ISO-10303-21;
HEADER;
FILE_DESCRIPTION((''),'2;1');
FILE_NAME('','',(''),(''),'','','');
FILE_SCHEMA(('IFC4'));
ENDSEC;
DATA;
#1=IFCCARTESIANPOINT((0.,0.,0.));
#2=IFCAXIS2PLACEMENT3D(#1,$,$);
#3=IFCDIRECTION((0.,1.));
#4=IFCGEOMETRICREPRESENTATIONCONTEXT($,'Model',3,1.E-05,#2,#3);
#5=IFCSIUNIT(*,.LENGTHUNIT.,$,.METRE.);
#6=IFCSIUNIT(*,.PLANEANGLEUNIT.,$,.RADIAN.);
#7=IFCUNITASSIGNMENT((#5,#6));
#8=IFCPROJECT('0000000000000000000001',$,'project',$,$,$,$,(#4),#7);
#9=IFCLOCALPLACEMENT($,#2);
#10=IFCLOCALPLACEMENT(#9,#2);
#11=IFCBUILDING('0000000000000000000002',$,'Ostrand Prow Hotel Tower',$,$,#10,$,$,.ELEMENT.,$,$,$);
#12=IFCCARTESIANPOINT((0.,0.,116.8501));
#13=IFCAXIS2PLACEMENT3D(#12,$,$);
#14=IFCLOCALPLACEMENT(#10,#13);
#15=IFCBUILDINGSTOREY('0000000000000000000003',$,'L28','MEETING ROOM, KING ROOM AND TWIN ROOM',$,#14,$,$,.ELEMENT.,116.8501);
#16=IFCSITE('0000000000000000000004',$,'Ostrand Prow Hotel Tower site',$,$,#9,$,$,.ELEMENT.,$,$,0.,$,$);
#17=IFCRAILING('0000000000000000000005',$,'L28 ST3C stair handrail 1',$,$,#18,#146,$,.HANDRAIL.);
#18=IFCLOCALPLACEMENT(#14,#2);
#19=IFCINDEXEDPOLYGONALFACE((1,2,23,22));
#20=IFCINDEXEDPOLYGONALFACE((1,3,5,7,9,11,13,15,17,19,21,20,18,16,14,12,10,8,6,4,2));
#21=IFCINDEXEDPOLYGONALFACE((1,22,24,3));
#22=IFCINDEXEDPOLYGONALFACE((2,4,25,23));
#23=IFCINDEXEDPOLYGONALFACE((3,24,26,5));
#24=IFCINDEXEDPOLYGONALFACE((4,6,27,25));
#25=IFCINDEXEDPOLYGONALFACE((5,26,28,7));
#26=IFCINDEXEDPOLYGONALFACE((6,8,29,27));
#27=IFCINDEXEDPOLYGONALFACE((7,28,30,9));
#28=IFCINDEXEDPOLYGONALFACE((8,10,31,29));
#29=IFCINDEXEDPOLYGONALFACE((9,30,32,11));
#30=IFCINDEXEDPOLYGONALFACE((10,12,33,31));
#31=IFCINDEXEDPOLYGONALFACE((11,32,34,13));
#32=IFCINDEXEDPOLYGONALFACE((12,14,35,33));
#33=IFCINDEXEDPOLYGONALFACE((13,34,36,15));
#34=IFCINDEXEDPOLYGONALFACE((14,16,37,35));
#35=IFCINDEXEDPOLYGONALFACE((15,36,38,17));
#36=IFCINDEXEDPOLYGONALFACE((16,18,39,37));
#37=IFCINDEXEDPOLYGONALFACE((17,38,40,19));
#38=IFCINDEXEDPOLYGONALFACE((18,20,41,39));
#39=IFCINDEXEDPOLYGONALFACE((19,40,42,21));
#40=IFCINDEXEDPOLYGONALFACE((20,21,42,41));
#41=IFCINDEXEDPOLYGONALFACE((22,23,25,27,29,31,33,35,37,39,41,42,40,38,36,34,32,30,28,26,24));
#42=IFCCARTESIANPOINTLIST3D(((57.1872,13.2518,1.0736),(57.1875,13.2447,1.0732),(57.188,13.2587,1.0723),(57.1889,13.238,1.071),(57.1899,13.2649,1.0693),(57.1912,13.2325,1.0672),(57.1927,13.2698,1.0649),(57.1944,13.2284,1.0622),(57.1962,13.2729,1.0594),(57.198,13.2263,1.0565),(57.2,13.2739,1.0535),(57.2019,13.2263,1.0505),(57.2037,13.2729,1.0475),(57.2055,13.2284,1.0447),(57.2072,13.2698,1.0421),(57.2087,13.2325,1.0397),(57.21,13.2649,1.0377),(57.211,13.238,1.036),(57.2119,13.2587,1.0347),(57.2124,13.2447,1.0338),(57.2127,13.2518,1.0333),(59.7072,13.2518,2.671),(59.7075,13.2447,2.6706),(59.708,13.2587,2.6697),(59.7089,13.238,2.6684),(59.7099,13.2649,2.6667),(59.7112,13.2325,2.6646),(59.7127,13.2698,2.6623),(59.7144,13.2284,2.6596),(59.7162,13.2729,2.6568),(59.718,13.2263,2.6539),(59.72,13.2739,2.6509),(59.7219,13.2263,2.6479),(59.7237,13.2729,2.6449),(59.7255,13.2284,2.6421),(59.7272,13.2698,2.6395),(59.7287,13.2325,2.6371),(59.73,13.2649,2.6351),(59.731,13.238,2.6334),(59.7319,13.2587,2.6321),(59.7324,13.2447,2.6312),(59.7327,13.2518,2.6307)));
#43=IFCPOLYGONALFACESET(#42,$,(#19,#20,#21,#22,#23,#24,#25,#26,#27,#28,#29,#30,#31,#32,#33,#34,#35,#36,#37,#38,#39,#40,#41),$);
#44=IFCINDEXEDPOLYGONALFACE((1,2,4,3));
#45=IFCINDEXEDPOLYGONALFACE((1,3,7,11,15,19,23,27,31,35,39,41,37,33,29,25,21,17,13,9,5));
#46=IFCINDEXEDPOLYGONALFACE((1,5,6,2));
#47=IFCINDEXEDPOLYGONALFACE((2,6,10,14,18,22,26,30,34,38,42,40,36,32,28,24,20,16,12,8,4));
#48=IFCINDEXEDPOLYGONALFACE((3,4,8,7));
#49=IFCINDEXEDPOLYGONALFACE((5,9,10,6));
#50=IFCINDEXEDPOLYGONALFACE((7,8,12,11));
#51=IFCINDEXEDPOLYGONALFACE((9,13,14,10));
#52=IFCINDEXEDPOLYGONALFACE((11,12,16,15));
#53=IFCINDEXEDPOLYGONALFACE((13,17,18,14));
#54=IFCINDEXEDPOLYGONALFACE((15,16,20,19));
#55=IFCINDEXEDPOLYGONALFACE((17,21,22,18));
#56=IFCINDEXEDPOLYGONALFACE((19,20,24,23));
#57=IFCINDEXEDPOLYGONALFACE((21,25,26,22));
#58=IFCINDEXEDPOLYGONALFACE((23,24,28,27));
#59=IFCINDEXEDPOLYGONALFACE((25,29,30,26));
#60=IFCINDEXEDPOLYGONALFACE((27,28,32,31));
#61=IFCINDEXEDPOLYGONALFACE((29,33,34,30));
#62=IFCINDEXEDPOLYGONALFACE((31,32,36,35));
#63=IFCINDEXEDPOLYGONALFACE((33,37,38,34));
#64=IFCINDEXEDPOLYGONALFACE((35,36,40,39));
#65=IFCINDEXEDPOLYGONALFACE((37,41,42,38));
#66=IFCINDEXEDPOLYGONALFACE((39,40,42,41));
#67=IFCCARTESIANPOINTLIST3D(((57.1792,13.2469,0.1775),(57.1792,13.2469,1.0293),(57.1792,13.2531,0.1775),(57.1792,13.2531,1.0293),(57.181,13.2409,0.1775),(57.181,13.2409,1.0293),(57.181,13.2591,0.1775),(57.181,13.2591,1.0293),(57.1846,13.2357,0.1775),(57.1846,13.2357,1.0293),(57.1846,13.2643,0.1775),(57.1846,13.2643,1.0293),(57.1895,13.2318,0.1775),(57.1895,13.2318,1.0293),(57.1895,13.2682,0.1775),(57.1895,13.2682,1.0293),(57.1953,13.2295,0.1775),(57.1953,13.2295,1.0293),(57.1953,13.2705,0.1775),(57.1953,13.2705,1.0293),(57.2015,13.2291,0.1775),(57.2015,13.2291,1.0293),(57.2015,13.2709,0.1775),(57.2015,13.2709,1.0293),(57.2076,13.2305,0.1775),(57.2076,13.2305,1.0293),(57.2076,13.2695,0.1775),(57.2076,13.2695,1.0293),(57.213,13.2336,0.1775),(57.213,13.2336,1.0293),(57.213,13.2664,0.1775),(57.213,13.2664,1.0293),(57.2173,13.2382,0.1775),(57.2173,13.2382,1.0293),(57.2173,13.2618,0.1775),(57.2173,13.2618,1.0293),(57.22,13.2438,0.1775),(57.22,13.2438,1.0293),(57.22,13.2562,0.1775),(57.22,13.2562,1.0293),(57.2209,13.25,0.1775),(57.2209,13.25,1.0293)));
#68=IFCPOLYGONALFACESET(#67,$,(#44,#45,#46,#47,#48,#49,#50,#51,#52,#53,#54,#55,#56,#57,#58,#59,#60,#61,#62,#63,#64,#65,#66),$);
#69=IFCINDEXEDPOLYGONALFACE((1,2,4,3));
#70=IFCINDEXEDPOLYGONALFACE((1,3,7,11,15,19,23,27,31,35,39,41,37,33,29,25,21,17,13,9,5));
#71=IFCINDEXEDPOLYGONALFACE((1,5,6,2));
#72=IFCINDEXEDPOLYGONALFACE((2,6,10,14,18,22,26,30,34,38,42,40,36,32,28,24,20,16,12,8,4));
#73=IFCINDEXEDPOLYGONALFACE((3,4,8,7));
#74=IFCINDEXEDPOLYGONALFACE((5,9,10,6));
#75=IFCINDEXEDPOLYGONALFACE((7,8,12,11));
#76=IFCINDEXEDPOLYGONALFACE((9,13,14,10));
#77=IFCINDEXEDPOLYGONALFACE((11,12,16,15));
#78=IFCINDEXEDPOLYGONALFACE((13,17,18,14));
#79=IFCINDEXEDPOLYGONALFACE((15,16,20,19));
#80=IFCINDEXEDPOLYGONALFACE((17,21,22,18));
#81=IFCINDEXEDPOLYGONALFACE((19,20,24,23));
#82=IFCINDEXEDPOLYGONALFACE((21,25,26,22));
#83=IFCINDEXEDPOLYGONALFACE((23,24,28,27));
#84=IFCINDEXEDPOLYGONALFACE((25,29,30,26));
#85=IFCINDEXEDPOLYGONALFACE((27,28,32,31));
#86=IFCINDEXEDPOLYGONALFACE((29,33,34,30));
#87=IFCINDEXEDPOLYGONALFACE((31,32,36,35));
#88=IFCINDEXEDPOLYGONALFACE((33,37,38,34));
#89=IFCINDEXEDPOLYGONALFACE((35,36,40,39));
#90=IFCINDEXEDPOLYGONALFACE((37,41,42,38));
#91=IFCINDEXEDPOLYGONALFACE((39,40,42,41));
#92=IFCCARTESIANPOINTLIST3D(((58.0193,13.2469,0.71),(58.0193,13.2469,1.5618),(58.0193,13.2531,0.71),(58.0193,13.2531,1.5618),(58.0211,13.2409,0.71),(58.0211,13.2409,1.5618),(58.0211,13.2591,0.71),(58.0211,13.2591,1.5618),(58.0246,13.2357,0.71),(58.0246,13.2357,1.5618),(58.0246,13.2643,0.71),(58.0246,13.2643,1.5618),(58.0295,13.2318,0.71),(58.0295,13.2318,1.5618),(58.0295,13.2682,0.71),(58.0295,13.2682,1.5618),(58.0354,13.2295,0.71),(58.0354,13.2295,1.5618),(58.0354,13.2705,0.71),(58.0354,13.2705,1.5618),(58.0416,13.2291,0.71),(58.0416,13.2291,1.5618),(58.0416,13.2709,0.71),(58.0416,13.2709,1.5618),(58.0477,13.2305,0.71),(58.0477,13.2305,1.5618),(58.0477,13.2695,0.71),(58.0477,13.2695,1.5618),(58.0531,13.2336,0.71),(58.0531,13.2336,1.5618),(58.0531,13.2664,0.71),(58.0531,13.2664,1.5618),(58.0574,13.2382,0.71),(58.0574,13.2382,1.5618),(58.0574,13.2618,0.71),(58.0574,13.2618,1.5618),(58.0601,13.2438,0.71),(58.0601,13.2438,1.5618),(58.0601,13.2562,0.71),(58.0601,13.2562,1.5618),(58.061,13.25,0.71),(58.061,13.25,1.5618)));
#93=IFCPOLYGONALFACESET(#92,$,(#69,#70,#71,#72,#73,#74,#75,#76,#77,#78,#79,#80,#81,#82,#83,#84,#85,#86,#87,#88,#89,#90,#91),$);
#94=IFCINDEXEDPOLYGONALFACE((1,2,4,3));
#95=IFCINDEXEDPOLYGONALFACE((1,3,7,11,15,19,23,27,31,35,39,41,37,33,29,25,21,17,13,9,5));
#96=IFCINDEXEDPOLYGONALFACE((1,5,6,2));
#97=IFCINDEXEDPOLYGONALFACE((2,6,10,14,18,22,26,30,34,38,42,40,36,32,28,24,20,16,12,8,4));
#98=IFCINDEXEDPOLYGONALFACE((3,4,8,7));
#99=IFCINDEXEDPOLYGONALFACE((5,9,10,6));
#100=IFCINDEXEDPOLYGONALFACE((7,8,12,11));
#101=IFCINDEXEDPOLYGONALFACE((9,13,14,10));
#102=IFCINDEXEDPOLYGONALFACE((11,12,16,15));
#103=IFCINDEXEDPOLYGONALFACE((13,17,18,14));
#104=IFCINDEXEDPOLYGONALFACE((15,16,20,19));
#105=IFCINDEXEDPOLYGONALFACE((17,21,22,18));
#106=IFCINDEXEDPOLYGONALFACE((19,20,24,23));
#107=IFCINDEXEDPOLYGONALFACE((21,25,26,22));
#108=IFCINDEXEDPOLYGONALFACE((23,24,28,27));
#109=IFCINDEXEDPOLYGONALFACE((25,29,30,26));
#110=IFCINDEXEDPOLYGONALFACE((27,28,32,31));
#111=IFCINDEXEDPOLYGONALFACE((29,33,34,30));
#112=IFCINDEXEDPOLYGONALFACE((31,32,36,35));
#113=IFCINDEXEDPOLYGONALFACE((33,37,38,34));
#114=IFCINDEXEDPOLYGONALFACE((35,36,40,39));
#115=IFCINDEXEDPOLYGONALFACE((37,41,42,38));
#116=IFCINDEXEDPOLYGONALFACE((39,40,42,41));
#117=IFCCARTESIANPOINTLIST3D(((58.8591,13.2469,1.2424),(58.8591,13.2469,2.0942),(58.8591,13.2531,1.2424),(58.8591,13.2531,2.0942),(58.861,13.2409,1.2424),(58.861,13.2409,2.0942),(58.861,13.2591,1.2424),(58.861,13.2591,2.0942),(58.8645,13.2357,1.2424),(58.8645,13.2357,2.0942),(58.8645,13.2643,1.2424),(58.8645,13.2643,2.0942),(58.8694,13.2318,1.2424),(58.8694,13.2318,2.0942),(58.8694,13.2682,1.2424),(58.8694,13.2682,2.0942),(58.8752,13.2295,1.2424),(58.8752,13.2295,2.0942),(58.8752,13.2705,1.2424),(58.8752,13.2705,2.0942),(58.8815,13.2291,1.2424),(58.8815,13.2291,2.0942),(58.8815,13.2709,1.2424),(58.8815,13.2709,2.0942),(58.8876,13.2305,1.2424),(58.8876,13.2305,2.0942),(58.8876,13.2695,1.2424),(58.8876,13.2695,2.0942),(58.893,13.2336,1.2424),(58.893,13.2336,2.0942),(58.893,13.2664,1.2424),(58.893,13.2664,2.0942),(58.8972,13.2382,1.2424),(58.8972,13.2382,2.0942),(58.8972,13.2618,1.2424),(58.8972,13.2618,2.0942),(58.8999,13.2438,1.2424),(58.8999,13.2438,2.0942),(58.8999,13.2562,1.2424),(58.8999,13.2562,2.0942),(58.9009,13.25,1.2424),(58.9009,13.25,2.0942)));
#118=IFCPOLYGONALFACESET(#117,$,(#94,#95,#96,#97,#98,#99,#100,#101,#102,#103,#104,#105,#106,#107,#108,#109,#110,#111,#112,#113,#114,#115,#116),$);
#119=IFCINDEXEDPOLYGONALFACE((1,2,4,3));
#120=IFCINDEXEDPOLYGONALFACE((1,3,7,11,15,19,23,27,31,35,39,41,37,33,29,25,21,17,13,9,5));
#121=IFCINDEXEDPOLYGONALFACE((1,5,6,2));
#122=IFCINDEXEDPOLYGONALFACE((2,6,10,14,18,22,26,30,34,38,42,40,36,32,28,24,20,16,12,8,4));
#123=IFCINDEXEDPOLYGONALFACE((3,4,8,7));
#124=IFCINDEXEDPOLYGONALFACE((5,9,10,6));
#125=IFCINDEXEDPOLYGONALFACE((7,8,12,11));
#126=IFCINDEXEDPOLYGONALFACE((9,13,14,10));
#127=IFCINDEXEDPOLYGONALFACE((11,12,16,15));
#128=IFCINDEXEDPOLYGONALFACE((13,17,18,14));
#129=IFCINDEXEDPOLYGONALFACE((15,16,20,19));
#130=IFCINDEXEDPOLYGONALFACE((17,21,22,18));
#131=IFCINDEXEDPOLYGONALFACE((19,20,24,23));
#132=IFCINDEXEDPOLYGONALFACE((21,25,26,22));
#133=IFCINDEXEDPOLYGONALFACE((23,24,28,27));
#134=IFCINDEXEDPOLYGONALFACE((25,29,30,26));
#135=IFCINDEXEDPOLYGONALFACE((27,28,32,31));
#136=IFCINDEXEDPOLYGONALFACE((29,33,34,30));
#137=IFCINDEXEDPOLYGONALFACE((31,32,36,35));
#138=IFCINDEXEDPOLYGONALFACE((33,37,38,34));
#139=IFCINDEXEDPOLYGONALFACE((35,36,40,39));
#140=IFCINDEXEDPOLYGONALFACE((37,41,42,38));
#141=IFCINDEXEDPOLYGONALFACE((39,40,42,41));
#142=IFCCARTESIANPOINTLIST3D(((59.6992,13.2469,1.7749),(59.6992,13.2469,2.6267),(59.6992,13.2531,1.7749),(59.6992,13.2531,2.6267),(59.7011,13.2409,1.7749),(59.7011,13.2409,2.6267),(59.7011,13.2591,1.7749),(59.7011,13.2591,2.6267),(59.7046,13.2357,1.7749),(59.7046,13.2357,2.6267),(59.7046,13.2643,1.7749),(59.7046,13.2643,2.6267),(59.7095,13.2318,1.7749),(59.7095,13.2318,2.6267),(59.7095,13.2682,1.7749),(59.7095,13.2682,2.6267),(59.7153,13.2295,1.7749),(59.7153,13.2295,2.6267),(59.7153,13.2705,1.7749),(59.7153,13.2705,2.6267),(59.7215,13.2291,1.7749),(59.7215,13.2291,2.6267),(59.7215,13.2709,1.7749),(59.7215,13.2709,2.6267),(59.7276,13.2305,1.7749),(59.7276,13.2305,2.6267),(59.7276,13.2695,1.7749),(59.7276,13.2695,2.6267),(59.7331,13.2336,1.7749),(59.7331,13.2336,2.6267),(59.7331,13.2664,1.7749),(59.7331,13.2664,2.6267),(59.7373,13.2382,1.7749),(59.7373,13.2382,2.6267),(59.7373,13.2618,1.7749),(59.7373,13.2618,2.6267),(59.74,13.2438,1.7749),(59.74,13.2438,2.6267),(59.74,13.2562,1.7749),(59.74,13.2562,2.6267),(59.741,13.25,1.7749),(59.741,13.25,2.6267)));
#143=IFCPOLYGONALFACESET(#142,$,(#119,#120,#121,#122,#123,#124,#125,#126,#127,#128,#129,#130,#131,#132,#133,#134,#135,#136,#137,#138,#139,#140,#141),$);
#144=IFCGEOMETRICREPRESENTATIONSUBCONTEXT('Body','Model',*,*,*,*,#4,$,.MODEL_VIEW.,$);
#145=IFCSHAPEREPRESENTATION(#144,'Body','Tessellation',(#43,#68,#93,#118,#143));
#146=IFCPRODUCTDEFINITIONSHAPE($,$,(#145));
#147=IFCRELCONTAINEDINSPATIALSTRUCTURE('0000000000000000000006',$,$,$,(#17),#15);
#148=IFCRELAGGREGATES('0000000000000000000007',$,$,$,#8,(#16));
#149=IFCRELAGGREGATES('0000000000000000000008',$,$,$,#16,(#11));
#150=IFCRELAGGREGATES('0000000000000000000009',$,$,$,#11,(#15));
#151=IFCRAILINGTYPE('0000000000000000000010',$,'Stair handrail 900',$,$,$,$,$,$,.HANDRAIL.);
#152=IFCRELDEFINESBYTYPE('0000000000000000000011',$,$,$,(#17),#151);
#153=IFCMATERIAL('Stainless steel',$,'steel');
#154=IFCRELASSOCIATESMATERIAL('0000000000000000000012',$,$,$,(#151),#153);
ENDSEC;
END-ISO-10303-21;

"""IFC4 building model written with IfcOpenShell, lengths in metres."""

from ifc_helpers import new_model, si_unit, direction, frame, origin, origin_2d, place, context, subcontext, project, spatial, circle, extrude, material, type_object, element, save


model = new_model("IFC4")

# Units and contexts
model_context = context("Model", 3, precision=1e-05, world=origin(), true_north=direction((0.0, 1.0)))
body_context = subcontext(model_context, "Body", "Model", "MODEL_VIEW")
ifc_project = project(units=[si_unit("LENGTHUNIT", "METRE"), si_unit("PLANEANGLEUNIT", "RADIAN")], contexts=[model_context])

# Site, building, storey
site_placement = place(None, origin())
site = spatial("IfcSite", under=ifc_project, at=site_placement, Name="Ostrand Prow Hotel Tower site", CompositionType="ELEMENT", RefElevation=0.0)
building_placement = place(site_placement, origin())
building = spatial("IfcBuilding", under=site, at=building_placement, Name="Ostrand Prow Hotel Tower", CompositionType="ELEMENT")
storey_placement = place(building_placement, frame((0.0, 0.0, 116.8501)))
storey = spatial("IfcBuildingStorey", under=building, at=storey_placement, Name="L28", Description="MEETING ROOM, KING ROOM AND TWIN ROOM", CompositionType="ELEMENT", Elevation=116.8501)

# Railing
ifc_material_1 = material(Name="Stainless steel", Category="steel")
railing_type_1 = type_object("IfcRailingType", Name="Stair handrail 900", PredefinedType="HANDRAIL", material=ifc_material_1)
railing_1_placement = place(storey_placement, frame((57.2, 13.25, 0.1775)))
element("IfcRailing", 1, at=railing_1_placement, inside=storey, type_object=railing_type_1, Name="L28 ST3C stair handrail 1", PredefinedType="HANDRAIL", context=body_context, shape_type="SweptSolid", body=[
    extrude(circle(Radius=0.0239, at=origin_2d()), frame((0.0, 0.0, 0.876), z_axis=(0.844607, 0.0, 0.535387), x_axis=(0.0, 1.0, 0.0)), (0.0, 0.0, 1.0), 2.9836),
    extrude(circle(Radius=0.021, at=origin_2d()), origin(), (0.0, 0.0, 1.0), 0.8518),
    extrude(circle(Radius=0.021, at=origin_2d()), frame((0.8401, 0.0, 0.5325)), (0.0, 0.0, 1.0), 0.8518),
    extrude(circle(Radius=0.021, at=origin_2d()), frame((1.6799, 0.0, 1.0649)), (0.0, 0.0, 1.0), 0.8518),
    extrude(circle(Radius=0.021, at=origin_2d()), frame((2.52, 0.0, 1.5974)), (0.0, 0.0, 1.0), 0.8518),
])

save(model, "model.ifc")
